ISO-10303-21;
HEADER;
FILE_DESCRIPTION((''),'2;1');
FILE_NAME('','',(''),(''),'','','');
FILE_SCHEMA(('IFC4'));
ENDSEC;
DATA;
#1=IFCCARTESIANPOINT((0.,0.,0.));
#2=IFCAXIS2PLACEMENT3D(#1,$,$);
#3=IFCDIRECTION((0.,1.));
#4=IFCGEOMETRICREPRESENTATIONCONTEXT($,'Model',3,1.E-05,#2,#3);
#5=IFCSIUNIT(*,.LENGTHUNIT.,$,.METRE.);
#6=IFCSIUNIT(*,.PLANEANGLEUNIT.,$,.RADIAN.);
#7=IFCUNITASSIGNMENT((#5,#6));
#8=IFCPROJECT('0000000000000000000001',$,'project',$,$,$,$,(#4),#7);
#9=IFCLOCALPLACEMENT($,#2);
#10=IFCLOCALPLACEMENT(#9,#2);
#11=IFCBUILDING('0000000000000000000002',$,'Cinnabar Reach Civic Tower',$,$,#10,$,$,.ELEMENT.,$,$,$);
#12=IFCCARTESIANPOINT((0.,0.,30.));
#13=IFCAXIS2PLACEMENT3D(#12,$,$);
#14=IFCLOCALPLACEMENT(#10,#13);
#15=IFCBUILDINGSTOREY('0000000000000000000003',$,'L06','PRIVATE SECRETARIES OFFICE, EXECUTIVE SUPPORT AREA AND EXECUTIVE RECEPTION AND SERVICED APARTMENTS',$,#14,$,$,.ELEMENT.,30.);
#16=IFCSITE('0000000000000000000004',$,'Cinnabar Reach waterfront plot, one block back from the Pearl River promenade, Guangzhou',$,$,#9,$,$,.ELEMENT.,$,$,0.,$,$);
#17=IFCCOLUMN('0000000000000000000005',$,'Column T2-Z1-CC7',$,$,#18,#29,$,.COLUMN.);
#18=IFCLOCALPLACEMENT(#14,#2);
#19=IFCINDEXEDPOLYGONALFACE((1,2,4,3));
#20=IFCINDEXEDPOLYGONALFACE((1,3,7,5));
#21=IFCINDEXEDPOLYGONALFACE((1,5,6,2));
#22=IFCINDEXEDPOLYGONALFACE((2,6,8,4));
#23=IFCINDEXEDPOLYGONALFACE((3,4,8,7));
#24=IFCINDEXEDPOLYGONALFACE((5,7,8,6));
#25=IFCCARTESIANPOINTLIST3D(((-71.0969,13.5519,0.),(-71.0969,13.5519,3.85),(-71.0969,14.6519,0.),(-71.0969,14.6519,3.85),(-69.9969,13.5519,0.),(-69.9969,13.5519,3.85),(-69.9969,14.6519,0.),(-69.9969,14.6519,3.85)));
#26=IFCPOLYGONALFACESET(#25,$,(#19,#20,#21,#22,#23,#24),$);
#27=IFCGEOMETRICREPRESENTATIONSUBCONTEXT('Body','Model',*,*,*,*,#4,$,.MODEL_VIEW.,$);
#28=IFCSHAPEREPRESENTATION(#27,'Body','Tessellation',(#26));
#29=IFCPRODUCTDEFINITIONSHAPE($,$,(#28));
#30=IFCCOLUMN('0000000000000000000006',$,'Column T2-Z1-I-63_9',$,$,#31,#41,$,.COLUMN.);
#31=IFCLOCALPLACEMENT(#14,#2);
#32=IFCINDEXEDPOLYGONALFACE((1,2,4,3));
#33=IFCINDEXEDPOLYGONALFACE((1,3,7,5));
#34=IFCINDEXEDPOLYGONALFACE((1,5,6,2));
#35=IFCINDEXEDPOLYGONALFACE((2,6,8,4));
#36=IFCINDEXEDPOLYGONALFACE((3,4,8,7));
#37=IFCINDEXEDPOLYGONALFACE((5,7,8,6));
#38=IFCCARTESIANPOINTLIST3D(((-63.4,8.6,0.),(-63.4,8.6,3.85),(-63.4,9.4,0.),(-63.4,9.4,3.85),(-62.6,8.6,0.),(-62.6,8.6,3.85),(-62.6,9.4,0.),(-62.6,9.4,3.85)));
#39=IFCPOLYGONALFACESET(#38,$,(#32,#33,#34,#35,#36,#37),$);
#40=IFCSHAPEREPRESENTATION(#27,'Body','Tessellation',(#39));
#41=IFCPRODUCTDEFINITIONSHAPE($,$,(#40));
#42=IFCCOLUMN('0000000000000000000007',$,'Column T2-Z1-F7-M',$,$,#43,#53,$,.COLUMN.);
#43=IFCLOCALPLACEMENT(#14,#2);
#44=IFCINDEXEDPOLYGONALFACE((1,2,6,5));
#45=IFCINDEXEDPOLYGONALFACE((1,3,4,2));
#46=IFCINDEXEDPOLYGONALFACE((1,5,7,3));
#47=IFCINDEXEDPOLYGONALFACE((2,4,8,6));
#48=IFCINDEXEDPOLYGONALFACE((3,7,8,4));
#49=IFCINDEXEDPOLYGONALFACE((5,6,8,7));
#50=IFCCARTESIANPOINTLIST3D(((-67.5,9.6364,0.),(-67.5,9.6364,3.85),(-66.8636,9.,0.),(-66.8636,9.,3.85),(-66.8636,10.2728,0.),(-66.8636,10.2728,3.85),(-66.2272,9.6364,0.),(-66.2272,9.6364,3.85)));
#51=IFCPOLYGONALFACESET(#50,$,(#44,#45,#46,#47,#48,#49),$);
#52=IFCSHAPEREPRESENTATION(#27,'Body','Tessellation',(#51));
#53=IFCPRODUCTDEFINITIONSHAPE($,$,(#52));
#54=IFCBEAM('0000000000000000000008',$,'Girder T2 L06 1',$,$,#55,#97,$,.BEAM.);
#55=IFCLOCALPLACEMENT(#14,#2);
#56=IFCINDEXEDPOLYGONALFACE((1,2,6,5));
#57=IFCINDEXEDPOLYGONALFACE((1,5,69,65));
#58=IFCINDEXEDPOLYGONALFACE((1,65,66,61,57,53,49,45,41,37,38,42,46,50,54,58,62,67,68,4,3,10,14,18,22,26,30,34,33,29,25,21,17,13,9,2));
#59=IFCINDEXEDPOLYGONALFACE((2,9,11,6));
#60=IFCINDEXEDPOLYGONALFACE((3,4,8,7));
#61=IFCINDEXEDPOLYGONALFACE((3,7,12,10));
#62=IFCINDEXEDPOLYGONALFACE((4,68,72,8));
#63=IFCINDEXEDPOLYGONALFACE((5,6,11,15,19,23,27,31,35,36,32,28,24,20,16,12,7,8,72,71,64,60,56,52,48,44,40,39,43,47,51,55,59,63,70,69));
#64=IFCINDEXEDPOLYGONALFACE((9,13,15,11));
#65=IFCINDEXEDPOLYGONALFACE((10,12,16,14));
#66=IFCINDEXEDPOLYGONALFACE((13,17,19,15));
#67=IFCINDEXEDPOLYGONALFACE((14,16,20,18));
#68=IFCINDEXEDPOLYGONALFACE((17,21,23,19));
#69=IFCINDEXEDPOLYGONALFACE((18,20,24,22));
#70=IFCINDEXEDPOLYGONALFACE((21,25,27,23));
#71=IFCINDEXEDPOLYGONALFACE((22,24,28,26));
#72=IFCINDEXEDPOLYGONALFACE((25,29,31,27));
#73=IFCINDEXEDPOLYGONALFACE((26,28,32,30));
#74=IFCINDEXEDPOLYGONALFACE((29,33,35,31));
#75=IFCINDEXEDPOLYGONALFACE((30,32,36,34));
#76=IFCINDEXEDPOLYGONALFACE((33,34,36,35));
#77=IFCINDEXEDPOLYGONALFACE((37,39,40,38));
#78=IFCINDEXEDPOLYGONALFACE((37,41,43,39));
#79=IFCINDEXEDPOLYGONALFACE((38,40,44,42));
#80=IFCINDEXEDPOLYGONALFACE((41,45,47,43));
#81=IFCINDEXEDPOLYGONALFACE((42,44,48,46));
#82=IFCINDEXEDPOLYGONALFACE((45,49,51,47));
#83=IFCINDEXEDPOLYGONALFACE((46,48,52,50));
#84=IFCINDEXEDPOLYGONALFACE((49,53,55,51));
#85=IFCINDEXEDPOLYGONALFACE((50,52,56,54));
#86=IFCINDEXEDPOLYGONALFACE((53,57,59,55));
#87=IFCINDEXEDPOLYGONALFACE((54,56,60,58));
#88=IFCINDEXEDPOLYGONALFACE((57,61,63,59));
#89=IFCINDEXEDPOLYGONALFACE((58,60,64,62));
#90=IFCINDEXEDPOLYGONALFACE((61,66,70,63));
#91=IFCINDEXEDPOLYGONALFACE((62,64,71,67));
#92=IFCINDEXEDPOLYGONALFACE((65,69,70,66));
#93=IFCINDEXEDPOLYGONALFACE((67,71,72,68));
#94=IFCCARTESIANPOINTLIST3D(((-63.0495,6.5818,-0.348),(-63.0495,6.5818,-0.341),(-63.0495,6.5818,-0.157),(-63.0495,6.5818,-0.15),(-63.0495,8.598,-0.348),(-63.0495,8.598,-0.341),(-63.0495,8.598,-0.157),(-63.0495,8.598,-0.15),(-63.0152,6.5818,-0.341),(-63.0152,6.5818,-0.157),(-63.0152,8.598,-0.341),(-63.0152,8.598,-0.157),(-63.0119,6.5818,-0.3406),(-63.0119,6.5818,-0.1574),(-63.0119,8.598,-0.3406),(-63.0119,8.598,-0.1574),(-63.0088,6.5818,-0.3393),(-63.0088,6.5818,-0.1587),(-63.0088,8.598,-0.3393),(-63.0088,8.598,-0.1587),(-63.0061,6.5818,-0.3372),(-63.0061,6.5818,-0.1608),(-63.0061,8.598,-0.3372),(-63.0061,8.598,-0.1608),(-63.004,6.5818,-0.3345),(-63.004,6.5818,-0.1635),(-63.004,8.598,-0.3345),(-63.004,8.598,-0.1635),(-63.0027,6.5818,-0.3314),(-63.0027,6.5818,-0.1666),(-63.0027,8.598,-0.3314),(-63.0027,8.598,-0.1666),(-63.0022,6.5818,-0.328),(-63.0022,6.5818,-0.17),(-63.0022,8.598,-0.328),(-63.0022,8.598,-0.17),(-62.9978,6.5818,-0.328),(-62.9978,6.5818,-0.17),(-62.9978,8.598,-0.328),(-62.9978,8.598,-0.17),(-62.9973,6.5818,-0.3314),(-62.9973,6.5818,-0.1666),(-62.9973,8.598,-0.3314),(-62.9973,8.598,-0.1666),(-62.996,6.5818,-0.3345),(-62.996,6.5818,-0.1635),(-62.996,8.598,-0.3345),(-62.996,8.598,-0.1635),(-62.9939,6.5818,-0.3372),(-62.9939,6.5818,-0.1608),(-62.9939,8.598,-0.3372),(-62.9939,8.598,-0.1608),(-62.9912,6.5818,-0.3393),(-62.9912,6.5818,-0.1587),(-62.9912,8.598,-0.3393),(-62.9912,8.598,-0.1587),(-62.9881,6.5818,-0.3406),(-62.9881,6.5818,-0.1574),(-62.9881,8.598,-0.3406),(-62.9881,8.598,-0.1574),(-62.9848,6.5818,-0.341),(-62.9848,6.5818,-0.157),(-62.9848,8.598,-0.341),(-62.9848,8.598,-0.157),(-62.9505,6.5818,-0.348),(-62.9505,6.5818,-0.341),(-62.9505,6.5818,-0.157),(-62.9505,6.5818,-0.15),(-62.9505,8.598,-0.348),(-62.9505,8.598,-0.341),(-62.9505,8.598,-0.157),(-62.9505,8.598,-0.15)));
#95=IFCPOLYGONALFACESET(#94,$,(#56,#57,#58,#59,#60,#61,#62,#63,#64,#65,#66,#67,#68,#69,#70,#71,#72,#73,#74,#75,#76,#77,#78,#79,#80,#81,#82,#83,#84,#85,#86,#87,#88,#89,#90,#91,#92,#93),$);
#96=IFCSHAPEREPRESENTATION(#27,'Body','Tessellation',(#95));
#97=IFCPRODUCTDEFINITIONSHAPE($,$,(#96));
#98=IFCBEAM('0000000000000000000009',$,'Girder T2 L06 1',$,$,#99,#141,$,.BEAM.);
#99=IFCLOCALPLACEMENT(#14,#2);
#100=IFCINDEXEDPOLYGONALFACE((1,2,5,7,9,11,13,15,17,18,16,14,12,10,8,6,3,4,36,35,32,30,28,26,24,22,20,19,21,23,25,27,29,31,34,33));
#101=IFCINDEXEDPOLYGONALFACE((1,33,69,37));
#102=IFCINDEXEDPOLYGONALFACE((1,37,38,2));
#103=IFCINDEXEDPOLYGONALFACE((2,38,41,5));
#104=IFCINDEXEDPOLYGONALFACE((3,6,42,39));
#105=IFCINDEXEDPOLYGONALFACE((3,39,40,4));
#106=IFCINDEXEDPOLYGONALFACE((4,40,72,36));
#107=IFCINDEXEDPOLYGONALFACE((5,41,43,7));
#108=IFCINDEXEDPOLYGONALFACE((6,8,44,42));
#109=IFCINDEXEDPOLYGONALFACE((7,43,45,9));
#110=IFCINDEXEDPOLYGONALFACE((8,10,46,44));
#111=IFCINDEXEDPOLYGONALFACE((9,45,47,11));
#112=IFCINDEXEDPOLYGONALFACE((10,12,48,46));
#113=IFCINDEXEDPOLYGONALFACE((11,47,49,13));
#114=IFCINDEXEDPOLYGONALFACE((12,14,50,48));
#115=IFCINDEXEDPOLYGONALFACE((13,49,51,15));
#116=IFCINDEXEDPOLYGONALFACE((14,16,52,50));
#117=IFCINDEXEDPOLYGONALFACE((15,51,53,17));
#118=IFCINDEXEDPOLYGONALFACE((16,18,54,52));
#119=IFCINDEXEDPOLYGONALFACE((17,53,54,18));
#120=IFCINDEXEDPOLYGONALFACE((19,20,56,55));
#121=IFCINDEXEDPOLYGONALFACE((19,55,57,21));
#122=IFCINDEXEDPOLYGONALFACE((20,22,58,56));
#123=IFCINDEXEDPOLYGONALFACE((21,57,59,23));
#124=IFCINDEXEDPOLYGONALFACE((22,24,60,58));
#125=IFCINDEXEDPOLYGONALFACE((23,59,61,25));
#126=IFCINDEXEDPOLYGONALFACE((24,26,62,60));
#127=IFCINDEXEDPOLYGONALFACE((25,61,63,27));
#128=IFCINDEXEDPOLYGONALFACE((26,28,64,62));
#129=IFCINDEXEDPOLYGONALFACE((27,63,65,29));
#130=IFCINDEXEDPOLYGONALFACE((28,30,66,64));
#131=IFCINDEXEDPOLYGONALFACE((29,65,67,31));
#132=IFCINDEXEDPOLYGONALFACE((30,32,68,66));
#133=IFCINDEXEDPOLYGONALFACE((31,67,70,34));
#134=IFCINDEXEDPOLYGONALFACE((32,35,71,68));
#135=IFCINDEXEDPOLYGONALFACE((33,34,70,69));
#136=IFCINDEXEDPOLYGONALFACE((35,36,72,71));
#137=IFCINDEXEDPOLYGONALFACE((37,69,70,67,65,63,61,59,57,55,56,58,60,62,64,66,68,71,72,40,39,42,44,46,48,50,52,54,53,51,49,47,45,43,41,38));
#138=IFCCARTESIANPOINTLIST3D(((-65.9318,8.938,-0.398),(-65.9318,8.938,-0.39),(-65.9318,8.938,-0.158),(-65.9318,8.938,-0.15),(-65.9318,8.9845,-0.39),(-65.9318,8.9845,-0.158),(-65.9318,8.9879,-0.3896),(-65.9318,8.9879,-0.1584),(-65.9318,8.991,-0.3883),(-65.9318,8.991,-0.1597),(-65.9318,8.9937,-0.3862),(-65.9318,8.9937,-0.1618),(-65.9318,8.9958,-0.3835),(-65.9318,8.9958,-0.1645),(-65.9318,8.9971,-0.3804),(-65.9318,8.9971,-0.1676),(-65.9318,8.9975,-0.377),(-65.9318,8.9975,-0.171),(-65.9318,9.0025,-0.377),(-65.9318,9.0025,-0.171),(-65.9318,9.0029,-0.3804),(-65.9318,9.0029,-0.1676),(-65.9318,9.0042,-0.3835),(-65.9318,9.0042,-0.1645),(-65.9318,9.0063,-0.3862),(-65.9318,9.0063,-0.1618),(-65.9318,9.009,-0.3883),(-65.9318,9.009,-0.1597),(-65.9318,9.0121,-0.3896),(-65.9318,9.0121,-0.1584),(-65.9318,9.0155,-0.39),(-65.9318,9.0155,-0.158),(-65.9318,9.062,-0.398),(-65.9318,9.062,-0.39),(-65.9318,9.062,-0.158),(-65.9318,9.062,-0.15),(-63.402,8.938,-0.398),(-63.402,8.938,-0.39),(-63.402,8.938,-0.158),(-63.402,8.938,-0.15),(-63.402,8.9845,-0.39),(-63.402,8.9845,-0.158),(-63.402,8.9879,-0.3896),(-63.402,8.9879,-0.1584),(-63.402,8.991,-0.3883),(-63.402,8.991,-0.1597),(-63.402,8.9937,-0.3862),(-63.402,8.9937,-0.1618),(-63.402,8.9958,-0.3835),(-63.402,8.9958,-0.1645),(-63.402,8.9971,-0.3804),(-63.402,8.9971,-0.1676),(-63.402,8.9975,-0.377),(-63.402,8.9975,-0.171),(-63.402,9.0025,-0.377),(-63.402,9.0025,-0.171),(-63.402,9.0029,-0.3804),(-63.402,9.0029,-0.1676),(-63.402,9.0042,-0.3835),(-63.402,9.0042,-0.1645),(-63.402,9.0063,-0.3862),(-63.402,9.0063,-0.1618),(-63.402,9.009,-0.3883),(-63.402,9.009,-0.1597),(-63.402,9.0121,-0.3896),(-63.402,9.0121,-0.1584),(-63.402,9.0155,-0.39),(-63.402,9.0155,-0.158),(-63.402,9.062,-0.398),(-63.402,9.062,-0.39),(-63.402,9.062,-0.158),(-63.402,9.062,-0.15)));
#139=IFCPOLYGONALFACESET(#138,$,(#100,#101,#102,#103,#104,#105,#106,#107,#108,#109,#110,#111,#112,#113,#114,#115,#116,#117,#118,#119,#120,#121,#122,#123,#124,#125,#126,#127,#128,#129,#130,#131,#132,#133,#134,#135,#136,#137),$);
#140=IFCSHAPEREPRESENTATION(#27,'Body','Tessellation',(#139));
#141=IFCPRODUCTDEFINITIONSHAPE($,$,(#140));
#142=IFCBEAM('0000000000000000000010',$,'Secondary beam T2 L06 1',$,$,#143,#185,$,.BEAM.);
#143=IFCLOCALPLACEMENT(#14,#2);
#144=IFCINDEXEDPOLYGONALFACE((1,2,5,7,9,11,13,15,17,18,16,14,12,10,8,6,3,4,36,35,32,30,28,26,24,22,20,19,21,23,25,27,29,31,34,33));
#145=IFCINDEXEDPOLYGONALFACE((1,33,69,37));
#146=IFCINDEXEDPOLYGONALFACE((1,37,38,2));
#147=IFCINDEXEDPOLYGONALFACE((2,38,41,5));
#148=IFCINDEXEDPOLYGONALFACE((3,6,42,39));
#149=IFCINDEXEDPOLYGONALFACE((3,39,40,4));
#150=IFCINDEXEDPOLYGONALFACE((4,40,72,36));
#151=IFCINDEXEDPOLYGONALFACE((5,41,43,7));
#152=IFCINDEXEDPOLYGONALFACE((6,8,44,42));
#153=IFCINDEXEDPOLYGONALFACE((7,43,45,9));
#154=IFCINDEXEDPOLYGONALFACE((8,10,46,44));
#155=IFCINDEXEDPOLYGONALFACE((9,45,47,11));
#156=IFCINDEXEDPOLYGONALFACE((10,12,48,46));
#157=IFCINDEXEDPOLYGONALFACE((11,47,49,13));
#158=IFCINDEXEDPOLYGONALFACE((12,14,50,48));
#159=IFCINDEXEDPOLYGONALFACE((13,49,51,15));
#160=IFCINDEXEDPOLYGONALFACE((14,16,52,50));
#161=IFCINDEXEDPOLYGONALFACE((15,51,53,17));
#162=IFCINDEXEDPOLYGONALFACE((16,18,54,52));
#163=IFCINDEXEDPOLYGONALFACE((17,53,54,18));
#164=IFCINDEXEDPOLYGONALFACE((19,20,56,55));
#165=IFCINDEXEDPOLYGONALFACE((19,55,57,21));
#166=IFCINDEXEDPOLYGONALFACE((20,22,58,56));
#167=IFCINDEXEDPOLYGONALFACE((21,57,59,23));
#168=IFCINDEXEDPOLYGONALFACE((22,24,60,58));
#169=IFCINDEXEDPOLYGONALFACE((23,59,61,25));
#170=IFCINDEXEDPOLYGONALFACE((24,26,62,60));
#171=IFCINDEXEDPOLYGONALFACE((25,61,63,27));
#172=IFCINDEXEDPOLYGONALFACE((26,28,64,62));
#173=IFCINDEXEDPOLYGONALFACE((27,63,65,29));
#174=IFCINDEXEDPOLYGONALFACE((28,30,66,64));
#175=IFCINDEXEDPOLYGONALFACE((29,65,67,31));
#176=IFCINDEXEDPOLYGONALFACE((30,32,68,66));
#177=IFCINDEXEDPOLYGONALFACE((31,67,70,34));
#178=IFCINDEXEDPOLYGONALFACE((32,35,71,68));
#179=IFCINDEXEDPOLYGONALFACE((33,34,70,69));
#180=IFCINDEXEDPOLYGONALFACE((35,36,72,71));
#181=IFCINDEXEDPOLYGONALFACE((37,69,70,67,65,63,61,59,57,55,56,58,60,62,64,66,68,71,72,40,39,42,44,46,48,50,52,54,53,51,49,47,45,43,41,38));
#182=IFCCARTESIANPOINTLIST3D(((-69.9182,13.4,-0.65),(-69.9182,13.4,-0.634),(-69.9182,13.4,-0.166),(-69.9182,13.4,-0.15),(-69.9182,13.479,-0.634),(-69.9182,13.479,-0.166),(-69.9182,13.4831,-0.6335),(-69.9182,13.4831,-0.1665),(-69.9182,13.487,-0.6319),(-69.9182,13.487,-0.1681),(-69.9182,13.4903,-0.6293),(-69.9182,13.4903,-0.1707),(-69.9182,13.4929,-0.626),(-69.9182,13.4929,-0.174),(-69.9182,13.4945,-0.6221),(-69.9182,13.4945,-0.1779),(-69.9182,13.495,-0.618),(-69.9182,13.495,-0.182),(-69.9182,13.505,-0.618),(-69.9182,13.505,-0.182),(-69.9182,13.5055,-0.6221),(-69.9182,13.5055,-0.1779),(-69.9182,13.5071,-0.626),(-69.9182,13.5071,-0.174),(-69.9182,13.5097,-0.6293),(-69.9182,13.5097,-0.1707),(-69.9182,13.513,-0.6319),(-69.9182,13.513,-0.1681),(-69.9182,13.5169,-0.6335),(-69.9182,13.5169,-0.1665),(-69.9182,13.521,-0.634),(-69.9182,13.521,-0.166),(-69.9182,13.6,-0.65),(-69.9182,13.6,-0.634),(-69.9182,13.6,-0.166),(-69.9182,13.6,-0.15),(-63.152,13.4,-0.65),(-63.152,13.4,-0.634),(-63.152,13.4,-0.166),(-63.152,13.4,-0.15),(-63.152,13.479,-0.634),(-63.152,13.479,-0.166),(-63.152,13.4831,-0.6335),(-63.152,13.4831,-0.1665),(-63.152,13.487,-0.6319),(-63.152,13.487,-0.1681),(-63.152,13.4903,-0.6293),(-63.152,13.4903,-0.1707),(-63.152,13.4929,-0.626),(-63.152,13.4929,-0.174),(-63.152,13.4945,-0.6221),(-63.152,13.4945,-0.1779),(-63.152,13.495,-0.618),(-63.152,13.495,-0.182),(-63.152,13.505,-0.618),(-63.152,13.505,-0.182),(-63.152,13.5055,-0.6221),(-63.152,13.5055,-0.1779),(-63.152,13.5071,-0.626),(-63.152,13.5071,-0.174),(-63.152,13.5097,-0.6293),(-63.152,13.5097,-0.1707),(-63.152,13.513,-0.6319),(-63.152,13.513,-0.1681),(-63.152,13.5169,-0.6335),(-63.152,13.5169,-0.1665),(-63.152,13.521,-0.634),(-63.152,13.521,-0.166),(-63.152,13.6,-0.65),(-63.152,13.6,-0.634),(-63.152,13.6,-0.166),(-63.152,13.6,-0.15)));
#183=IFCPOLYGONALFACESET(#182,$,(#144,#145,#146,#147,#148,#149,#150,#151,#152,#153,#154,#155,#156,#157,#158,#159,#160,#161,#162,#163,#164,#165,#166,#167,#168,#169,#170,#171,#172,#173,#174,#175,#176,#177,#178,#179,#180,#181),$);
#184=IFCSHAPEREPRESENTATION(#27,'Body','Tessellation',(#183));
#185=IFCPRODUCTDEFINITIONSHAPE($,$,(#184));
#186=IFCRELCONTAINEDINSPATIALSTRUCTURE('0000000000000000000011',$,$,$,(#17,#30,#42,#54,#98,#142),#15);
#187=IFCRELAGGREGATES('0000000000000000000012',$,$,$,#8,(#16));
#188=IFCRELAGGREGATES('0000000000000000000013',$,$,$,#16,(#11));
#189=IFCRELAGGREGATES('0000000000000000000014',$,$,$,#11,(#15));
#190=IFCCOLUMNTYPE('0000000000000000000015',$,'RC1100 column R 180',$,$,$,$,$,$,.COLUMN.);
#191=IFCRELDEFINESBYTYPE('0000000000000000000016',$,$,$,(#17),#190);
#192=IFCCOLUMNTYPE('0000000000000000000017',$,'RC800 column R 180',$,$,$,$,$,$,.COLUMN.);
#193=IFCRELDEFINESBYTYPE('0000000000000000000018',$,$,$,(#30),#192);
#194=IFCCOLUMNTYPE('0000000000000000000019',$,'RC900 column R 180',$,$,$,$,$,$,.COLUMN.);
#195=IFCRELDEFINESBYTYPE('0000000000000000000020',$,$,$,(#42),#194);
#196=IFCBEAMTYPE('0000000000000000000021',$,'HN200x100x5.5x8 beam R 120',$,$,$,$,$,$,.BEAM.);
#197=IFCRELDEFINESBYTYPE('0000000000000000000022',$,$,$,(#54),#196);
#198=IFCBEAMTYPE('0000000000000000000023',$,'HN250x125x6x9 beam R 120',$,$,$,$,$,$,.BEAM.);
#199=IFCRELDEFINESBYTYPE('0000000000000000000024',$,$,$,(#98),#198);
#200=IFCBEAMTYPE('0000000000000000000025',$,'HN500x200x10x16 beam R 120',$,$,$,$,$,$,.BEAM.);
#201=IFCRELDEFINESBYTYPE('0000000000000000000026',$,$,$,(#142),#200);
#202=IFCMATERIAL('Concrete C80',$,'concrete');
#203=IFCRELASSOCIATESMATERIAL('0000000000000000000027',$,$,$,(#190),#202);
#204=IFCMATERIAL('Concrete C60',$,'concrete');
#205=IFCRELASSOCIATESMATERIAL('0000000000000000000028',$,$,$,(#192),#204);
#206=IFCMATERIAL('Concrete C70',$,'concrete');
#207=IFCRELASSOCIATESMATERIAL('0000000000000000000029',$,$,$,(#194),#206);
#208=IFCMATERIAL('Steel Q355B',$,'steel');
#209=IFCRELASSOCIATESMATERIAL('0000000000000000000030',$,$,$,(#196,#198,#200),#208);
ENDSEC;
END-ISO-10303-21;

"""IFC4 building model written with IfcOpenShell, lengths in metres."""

from ifc_helpers import new_model, si_unit, direction, frame, origin, origin_2d, place, context, subcontext, project, spatial, rectangle, i_section, extrude, material, material_profile, profile_set, type_object, element, save


model = new_model("IFC4")

# Units and contexts
model_context = context("Model", 3, precision=1e-05, world=origin(), true_north=direction((0.0, 1.0)))
body_context = subcontext(model_context, "Body", "Model", "MODEL_VIEW")
ifc_project = project(units=[si_unit("LENGTHUNIT", "METRE"), si_unit("PLANEANGLEUNIT", "RADIAN")], contexts=[model_context])

# Site, building, storey
site_placement = place(None, origin())
site = spatial("IfcSite", under=ifc_project, at=site_placement, Name="Cinnabar Reach waterfront plot, one block back from the Pearl River promenade, Guangzhou", CompositionType="ELEMENT", RefElevation=0.0)
building_placement = place(site_placement, origin())
building = spatial("IfcBuilding", under=site, at=building_placement, Name="Cinnabar Reach Civic Tower", CompositionType="ELEMENT")
storey_placement = place(building_placement, frame((0.0, 0.0, 30.0)))
storey = spatial("IfcBuildingStorey", under=building, at=storey_placement, Name="L06", Description="PRIVATE SECRETARIES OFFICE, EXECUTIVE SUPPORT AREA AND EXECUTIVE RECEPTION AND SERVICED APARTMENTS", CompositionType="ELEMENT", Elevation=30.0)

# Columns
ifc_material_1 = material(Name="Concrete C80", Category="concrete")
ifc_material_profile_1 = material_profile(ifc_material_1, rectangle(XDim=1.1, YDim=1.1, at=origin_2d()), Name="RC1100")
ifc_profile_set_1 = profile_set([ifc_material_profile_1], Name="Concrete C80")
column_type_1 = type_object("IfcColumnType", Name="RC1100 column R 180", PredefinedType="COLUMN", material=ifc_profile_set_1)
column_1_placement = place(storey_placement, frame((-70.5469, 14.1019, 0.0), z_axis=(0.0, 0.0, 1.0), x_axis=(1.0, 0.0, 0.0)))
element("IfcColumn", 1, at=column_1_placement, inside=storey, type_object=column_type_1, Name="Column T2-Z1-CC7", PredefinedType="COLUMN", context=body_context, shape_type="SweptSolid", body=[
    extrude(rectangle(XDim=1.1, YDim=1.1, at=origin_2d()), origin(), (0.0, 0.0, 1.0), 3.85),
])
ifc_material_2 = material(Name="Concrete C60", Category="concrete")
ifc_material_profile_2 = material_profile(ifc_material_2, rectangle(XDim=0.8, YDim=0.8, at=origin_2d()), Name="RC800")
ifc_profile_set_2 = profile_set([ifc_material_profile_2], Name="Concrete C60")
column_type_2 = type_object("IfcColumnType", Name="RC800 column R 180", PredefinedType="COLUMN", material=ifc_profile_set_2)
column_2_placement = place(storey_placement, frame((-63.0, 9.0, 0.0), z_axis=(0.0, 0.0, 1.0), x_axis=(1.0, 0.0, 0.0)))
element("IfcColumn", 2, at=column_2_placement, inside=storey, type_object=column_type_2, Name="Column T2-Z1-I-63_9", PredefinedType="COLUMN", context=body_context, shape_type="SweptSolid", body=[
    extrude(rectangle(XDim=0.8, YDim=0.8, at=origin_2d()), origin(), (0.0, 0.0, 1.0), 3.85),
])
ifc_material_3 = material(Name="Concrete C70", Category="concrete")
ifc_material_profile_3 = material_profile(ifc_material_3, rectangle(XDim=0.9, YDim=0.9, at=origin_2d()), Name="RC900")
ifc_profile_set_3 = profile_set([ifc_material_profile_3], Name="Concrete C70")
column_type_3 = type_object("IfcColumnType", Name="RC900 column R 180", PredefinedType="COLUMN", material=ifc_profile_set_3)
column_3_placement = place(storey_placement, frame((-66.8636, 9.6364, 0.0), z_axis=(0.0, 0.0, 1.0), x_axis=(0.707107, 0.707107, 0.0)))
element("IfcColumn", 3, at=column_3_placement, inside=storey, type_object=column_type_3, Name="Column T2-Z1-F7-M", PredefinedType="COLUMN", context=body_context, shape_type="SweptSolid", body=[
    extrude(rectangle(XDim=0.9, YDim=0.9, at=origin_2d()), origin(), (0.0, 0.0, 1.0), 3.85),
])

# Beams
ifc_material_4 = material(Name="Steel Q355B", Category="steel")
ifc_material_profile_4 = material_profile(ifc_material_4, i_section(OverallWidth=0.099, OverallDepth=0.198, WebThickness=0.0045, FlangeThickness=0.007, FilletRadius=0.013, at=origin_2d()), Name="HN200x100x5.5x8")
ifc_profile_set_4 = profile_set([ifc_material_profile_4], Name="Steel Q355B")
beam_type_1 = type_object("IfcBeamType", Name="HN200x100x5.5x8 beam R 120", PredefinedType="BEAM", material=ifc_profile_set_4)
beam_1_placement = place(storey_placement, frame((-63.0, 6.5818, -0.249), z_axis=(0.0, 1.0, 0.0), x_axis=(-1.0, 0.0, 0.0)))
element("IfcBeam", 4, at=beam_1_placement, inside=storey, type_object=beam_type_1, Name="Girder T2 L06 1", PredefinedType="BEAM", context=body_context, shape_type="SweptSolid", body=[
    extrude(i_section(OverallWidth=0.099, OverallDepth=0.198, WebThickness=0.0045, FlangeThickness=0.007, FilletRadius=0.013, at=origin_2d()), origin(), (0.0, 0.0, 1.0), 2.0162),
])
ifc_material_profile_5 = material_profile(ifc_material_4, i_section(OverallWidth=0.124, OverallDepth=0.248, WebThickness=0.005, FlangeThickness=0.008, FilletRadius=0.013, at=origin_2d()), Name="HN250x125x6x9")
ifc_profile_set_5 = profile_set([ifc_material_profile_5], Name="Steel Q355B")
beam_type_2 = type_object("IfcBeamType", Name="HN250x125x6x9 beam R 120", PredefinedType="BEAM", material=ifc_profile_set_5)
beam_2_placement = place(storey_placement, frame((-65.9318, 9.0, -0.274), z_axis=(1.0, 0.0, 0.0), x_axis=(0.0, 1.0, 0.0)))
element("IfcBeam", 5, at=beam_2_placement, inside=storey, type_object=beam_type_2, Name="Girder T2 L06 1", PredefinedType="BEAM", context=body_context, shape_type="SweptSolid", body=[
    extrude(i_section(OverallWidth=0.124, OverallDepth=0.248, WebThickness=0.005, FlangeThickness=0.008, FilletRadius=0.013, at=origin_2d()), origin(), (0.0, 0.0, 1.0), 2.5298),
])
ifc_material_profile_6 = material_profile(ifc_material_4, i_section(OverallWidth=0.2, OverallDepth=0.5, WebThickness=0.01, FlangeThickness=0.016, FilletRadius=0.016, at=origin_2d()), Name="HN500x200x10x16")
ifc_profile_set_6 = profile_set([ifc_material_profile_6], Name="Steel Q355B")
beam_type_3 = type_object("IfcBeamType", Name="HN500x200x10x16 beam R 120", PredefinedType="BEAM", material=ifc_profile_set_6)
beam_3_placement = place(storey_placement, frame((-69.9182, 13.5, -0.4), z_axis=(1.0, 0.0, 0.0), x_axis=(0.0, 1.0, 0.0)))
element("IfcBeam", 6, at=beam_3_placement, inside=storey, type_object=beam_type_3, Name="Secondary beam T2 L06 1", PredefinedType="BEAM", context=body_context, shape_type="SweptSolid", body=[
    extrude(i_section(OverallWidth=0.2, OverallDepth=0.5, WebThickness=0.01, FlangeThickness=0.016, FilletRadius=0.016, at=origin_2d()), origin(), (0.0, 0.0, 1.0), 6.7662),
])

save(model, "model.ifc")
